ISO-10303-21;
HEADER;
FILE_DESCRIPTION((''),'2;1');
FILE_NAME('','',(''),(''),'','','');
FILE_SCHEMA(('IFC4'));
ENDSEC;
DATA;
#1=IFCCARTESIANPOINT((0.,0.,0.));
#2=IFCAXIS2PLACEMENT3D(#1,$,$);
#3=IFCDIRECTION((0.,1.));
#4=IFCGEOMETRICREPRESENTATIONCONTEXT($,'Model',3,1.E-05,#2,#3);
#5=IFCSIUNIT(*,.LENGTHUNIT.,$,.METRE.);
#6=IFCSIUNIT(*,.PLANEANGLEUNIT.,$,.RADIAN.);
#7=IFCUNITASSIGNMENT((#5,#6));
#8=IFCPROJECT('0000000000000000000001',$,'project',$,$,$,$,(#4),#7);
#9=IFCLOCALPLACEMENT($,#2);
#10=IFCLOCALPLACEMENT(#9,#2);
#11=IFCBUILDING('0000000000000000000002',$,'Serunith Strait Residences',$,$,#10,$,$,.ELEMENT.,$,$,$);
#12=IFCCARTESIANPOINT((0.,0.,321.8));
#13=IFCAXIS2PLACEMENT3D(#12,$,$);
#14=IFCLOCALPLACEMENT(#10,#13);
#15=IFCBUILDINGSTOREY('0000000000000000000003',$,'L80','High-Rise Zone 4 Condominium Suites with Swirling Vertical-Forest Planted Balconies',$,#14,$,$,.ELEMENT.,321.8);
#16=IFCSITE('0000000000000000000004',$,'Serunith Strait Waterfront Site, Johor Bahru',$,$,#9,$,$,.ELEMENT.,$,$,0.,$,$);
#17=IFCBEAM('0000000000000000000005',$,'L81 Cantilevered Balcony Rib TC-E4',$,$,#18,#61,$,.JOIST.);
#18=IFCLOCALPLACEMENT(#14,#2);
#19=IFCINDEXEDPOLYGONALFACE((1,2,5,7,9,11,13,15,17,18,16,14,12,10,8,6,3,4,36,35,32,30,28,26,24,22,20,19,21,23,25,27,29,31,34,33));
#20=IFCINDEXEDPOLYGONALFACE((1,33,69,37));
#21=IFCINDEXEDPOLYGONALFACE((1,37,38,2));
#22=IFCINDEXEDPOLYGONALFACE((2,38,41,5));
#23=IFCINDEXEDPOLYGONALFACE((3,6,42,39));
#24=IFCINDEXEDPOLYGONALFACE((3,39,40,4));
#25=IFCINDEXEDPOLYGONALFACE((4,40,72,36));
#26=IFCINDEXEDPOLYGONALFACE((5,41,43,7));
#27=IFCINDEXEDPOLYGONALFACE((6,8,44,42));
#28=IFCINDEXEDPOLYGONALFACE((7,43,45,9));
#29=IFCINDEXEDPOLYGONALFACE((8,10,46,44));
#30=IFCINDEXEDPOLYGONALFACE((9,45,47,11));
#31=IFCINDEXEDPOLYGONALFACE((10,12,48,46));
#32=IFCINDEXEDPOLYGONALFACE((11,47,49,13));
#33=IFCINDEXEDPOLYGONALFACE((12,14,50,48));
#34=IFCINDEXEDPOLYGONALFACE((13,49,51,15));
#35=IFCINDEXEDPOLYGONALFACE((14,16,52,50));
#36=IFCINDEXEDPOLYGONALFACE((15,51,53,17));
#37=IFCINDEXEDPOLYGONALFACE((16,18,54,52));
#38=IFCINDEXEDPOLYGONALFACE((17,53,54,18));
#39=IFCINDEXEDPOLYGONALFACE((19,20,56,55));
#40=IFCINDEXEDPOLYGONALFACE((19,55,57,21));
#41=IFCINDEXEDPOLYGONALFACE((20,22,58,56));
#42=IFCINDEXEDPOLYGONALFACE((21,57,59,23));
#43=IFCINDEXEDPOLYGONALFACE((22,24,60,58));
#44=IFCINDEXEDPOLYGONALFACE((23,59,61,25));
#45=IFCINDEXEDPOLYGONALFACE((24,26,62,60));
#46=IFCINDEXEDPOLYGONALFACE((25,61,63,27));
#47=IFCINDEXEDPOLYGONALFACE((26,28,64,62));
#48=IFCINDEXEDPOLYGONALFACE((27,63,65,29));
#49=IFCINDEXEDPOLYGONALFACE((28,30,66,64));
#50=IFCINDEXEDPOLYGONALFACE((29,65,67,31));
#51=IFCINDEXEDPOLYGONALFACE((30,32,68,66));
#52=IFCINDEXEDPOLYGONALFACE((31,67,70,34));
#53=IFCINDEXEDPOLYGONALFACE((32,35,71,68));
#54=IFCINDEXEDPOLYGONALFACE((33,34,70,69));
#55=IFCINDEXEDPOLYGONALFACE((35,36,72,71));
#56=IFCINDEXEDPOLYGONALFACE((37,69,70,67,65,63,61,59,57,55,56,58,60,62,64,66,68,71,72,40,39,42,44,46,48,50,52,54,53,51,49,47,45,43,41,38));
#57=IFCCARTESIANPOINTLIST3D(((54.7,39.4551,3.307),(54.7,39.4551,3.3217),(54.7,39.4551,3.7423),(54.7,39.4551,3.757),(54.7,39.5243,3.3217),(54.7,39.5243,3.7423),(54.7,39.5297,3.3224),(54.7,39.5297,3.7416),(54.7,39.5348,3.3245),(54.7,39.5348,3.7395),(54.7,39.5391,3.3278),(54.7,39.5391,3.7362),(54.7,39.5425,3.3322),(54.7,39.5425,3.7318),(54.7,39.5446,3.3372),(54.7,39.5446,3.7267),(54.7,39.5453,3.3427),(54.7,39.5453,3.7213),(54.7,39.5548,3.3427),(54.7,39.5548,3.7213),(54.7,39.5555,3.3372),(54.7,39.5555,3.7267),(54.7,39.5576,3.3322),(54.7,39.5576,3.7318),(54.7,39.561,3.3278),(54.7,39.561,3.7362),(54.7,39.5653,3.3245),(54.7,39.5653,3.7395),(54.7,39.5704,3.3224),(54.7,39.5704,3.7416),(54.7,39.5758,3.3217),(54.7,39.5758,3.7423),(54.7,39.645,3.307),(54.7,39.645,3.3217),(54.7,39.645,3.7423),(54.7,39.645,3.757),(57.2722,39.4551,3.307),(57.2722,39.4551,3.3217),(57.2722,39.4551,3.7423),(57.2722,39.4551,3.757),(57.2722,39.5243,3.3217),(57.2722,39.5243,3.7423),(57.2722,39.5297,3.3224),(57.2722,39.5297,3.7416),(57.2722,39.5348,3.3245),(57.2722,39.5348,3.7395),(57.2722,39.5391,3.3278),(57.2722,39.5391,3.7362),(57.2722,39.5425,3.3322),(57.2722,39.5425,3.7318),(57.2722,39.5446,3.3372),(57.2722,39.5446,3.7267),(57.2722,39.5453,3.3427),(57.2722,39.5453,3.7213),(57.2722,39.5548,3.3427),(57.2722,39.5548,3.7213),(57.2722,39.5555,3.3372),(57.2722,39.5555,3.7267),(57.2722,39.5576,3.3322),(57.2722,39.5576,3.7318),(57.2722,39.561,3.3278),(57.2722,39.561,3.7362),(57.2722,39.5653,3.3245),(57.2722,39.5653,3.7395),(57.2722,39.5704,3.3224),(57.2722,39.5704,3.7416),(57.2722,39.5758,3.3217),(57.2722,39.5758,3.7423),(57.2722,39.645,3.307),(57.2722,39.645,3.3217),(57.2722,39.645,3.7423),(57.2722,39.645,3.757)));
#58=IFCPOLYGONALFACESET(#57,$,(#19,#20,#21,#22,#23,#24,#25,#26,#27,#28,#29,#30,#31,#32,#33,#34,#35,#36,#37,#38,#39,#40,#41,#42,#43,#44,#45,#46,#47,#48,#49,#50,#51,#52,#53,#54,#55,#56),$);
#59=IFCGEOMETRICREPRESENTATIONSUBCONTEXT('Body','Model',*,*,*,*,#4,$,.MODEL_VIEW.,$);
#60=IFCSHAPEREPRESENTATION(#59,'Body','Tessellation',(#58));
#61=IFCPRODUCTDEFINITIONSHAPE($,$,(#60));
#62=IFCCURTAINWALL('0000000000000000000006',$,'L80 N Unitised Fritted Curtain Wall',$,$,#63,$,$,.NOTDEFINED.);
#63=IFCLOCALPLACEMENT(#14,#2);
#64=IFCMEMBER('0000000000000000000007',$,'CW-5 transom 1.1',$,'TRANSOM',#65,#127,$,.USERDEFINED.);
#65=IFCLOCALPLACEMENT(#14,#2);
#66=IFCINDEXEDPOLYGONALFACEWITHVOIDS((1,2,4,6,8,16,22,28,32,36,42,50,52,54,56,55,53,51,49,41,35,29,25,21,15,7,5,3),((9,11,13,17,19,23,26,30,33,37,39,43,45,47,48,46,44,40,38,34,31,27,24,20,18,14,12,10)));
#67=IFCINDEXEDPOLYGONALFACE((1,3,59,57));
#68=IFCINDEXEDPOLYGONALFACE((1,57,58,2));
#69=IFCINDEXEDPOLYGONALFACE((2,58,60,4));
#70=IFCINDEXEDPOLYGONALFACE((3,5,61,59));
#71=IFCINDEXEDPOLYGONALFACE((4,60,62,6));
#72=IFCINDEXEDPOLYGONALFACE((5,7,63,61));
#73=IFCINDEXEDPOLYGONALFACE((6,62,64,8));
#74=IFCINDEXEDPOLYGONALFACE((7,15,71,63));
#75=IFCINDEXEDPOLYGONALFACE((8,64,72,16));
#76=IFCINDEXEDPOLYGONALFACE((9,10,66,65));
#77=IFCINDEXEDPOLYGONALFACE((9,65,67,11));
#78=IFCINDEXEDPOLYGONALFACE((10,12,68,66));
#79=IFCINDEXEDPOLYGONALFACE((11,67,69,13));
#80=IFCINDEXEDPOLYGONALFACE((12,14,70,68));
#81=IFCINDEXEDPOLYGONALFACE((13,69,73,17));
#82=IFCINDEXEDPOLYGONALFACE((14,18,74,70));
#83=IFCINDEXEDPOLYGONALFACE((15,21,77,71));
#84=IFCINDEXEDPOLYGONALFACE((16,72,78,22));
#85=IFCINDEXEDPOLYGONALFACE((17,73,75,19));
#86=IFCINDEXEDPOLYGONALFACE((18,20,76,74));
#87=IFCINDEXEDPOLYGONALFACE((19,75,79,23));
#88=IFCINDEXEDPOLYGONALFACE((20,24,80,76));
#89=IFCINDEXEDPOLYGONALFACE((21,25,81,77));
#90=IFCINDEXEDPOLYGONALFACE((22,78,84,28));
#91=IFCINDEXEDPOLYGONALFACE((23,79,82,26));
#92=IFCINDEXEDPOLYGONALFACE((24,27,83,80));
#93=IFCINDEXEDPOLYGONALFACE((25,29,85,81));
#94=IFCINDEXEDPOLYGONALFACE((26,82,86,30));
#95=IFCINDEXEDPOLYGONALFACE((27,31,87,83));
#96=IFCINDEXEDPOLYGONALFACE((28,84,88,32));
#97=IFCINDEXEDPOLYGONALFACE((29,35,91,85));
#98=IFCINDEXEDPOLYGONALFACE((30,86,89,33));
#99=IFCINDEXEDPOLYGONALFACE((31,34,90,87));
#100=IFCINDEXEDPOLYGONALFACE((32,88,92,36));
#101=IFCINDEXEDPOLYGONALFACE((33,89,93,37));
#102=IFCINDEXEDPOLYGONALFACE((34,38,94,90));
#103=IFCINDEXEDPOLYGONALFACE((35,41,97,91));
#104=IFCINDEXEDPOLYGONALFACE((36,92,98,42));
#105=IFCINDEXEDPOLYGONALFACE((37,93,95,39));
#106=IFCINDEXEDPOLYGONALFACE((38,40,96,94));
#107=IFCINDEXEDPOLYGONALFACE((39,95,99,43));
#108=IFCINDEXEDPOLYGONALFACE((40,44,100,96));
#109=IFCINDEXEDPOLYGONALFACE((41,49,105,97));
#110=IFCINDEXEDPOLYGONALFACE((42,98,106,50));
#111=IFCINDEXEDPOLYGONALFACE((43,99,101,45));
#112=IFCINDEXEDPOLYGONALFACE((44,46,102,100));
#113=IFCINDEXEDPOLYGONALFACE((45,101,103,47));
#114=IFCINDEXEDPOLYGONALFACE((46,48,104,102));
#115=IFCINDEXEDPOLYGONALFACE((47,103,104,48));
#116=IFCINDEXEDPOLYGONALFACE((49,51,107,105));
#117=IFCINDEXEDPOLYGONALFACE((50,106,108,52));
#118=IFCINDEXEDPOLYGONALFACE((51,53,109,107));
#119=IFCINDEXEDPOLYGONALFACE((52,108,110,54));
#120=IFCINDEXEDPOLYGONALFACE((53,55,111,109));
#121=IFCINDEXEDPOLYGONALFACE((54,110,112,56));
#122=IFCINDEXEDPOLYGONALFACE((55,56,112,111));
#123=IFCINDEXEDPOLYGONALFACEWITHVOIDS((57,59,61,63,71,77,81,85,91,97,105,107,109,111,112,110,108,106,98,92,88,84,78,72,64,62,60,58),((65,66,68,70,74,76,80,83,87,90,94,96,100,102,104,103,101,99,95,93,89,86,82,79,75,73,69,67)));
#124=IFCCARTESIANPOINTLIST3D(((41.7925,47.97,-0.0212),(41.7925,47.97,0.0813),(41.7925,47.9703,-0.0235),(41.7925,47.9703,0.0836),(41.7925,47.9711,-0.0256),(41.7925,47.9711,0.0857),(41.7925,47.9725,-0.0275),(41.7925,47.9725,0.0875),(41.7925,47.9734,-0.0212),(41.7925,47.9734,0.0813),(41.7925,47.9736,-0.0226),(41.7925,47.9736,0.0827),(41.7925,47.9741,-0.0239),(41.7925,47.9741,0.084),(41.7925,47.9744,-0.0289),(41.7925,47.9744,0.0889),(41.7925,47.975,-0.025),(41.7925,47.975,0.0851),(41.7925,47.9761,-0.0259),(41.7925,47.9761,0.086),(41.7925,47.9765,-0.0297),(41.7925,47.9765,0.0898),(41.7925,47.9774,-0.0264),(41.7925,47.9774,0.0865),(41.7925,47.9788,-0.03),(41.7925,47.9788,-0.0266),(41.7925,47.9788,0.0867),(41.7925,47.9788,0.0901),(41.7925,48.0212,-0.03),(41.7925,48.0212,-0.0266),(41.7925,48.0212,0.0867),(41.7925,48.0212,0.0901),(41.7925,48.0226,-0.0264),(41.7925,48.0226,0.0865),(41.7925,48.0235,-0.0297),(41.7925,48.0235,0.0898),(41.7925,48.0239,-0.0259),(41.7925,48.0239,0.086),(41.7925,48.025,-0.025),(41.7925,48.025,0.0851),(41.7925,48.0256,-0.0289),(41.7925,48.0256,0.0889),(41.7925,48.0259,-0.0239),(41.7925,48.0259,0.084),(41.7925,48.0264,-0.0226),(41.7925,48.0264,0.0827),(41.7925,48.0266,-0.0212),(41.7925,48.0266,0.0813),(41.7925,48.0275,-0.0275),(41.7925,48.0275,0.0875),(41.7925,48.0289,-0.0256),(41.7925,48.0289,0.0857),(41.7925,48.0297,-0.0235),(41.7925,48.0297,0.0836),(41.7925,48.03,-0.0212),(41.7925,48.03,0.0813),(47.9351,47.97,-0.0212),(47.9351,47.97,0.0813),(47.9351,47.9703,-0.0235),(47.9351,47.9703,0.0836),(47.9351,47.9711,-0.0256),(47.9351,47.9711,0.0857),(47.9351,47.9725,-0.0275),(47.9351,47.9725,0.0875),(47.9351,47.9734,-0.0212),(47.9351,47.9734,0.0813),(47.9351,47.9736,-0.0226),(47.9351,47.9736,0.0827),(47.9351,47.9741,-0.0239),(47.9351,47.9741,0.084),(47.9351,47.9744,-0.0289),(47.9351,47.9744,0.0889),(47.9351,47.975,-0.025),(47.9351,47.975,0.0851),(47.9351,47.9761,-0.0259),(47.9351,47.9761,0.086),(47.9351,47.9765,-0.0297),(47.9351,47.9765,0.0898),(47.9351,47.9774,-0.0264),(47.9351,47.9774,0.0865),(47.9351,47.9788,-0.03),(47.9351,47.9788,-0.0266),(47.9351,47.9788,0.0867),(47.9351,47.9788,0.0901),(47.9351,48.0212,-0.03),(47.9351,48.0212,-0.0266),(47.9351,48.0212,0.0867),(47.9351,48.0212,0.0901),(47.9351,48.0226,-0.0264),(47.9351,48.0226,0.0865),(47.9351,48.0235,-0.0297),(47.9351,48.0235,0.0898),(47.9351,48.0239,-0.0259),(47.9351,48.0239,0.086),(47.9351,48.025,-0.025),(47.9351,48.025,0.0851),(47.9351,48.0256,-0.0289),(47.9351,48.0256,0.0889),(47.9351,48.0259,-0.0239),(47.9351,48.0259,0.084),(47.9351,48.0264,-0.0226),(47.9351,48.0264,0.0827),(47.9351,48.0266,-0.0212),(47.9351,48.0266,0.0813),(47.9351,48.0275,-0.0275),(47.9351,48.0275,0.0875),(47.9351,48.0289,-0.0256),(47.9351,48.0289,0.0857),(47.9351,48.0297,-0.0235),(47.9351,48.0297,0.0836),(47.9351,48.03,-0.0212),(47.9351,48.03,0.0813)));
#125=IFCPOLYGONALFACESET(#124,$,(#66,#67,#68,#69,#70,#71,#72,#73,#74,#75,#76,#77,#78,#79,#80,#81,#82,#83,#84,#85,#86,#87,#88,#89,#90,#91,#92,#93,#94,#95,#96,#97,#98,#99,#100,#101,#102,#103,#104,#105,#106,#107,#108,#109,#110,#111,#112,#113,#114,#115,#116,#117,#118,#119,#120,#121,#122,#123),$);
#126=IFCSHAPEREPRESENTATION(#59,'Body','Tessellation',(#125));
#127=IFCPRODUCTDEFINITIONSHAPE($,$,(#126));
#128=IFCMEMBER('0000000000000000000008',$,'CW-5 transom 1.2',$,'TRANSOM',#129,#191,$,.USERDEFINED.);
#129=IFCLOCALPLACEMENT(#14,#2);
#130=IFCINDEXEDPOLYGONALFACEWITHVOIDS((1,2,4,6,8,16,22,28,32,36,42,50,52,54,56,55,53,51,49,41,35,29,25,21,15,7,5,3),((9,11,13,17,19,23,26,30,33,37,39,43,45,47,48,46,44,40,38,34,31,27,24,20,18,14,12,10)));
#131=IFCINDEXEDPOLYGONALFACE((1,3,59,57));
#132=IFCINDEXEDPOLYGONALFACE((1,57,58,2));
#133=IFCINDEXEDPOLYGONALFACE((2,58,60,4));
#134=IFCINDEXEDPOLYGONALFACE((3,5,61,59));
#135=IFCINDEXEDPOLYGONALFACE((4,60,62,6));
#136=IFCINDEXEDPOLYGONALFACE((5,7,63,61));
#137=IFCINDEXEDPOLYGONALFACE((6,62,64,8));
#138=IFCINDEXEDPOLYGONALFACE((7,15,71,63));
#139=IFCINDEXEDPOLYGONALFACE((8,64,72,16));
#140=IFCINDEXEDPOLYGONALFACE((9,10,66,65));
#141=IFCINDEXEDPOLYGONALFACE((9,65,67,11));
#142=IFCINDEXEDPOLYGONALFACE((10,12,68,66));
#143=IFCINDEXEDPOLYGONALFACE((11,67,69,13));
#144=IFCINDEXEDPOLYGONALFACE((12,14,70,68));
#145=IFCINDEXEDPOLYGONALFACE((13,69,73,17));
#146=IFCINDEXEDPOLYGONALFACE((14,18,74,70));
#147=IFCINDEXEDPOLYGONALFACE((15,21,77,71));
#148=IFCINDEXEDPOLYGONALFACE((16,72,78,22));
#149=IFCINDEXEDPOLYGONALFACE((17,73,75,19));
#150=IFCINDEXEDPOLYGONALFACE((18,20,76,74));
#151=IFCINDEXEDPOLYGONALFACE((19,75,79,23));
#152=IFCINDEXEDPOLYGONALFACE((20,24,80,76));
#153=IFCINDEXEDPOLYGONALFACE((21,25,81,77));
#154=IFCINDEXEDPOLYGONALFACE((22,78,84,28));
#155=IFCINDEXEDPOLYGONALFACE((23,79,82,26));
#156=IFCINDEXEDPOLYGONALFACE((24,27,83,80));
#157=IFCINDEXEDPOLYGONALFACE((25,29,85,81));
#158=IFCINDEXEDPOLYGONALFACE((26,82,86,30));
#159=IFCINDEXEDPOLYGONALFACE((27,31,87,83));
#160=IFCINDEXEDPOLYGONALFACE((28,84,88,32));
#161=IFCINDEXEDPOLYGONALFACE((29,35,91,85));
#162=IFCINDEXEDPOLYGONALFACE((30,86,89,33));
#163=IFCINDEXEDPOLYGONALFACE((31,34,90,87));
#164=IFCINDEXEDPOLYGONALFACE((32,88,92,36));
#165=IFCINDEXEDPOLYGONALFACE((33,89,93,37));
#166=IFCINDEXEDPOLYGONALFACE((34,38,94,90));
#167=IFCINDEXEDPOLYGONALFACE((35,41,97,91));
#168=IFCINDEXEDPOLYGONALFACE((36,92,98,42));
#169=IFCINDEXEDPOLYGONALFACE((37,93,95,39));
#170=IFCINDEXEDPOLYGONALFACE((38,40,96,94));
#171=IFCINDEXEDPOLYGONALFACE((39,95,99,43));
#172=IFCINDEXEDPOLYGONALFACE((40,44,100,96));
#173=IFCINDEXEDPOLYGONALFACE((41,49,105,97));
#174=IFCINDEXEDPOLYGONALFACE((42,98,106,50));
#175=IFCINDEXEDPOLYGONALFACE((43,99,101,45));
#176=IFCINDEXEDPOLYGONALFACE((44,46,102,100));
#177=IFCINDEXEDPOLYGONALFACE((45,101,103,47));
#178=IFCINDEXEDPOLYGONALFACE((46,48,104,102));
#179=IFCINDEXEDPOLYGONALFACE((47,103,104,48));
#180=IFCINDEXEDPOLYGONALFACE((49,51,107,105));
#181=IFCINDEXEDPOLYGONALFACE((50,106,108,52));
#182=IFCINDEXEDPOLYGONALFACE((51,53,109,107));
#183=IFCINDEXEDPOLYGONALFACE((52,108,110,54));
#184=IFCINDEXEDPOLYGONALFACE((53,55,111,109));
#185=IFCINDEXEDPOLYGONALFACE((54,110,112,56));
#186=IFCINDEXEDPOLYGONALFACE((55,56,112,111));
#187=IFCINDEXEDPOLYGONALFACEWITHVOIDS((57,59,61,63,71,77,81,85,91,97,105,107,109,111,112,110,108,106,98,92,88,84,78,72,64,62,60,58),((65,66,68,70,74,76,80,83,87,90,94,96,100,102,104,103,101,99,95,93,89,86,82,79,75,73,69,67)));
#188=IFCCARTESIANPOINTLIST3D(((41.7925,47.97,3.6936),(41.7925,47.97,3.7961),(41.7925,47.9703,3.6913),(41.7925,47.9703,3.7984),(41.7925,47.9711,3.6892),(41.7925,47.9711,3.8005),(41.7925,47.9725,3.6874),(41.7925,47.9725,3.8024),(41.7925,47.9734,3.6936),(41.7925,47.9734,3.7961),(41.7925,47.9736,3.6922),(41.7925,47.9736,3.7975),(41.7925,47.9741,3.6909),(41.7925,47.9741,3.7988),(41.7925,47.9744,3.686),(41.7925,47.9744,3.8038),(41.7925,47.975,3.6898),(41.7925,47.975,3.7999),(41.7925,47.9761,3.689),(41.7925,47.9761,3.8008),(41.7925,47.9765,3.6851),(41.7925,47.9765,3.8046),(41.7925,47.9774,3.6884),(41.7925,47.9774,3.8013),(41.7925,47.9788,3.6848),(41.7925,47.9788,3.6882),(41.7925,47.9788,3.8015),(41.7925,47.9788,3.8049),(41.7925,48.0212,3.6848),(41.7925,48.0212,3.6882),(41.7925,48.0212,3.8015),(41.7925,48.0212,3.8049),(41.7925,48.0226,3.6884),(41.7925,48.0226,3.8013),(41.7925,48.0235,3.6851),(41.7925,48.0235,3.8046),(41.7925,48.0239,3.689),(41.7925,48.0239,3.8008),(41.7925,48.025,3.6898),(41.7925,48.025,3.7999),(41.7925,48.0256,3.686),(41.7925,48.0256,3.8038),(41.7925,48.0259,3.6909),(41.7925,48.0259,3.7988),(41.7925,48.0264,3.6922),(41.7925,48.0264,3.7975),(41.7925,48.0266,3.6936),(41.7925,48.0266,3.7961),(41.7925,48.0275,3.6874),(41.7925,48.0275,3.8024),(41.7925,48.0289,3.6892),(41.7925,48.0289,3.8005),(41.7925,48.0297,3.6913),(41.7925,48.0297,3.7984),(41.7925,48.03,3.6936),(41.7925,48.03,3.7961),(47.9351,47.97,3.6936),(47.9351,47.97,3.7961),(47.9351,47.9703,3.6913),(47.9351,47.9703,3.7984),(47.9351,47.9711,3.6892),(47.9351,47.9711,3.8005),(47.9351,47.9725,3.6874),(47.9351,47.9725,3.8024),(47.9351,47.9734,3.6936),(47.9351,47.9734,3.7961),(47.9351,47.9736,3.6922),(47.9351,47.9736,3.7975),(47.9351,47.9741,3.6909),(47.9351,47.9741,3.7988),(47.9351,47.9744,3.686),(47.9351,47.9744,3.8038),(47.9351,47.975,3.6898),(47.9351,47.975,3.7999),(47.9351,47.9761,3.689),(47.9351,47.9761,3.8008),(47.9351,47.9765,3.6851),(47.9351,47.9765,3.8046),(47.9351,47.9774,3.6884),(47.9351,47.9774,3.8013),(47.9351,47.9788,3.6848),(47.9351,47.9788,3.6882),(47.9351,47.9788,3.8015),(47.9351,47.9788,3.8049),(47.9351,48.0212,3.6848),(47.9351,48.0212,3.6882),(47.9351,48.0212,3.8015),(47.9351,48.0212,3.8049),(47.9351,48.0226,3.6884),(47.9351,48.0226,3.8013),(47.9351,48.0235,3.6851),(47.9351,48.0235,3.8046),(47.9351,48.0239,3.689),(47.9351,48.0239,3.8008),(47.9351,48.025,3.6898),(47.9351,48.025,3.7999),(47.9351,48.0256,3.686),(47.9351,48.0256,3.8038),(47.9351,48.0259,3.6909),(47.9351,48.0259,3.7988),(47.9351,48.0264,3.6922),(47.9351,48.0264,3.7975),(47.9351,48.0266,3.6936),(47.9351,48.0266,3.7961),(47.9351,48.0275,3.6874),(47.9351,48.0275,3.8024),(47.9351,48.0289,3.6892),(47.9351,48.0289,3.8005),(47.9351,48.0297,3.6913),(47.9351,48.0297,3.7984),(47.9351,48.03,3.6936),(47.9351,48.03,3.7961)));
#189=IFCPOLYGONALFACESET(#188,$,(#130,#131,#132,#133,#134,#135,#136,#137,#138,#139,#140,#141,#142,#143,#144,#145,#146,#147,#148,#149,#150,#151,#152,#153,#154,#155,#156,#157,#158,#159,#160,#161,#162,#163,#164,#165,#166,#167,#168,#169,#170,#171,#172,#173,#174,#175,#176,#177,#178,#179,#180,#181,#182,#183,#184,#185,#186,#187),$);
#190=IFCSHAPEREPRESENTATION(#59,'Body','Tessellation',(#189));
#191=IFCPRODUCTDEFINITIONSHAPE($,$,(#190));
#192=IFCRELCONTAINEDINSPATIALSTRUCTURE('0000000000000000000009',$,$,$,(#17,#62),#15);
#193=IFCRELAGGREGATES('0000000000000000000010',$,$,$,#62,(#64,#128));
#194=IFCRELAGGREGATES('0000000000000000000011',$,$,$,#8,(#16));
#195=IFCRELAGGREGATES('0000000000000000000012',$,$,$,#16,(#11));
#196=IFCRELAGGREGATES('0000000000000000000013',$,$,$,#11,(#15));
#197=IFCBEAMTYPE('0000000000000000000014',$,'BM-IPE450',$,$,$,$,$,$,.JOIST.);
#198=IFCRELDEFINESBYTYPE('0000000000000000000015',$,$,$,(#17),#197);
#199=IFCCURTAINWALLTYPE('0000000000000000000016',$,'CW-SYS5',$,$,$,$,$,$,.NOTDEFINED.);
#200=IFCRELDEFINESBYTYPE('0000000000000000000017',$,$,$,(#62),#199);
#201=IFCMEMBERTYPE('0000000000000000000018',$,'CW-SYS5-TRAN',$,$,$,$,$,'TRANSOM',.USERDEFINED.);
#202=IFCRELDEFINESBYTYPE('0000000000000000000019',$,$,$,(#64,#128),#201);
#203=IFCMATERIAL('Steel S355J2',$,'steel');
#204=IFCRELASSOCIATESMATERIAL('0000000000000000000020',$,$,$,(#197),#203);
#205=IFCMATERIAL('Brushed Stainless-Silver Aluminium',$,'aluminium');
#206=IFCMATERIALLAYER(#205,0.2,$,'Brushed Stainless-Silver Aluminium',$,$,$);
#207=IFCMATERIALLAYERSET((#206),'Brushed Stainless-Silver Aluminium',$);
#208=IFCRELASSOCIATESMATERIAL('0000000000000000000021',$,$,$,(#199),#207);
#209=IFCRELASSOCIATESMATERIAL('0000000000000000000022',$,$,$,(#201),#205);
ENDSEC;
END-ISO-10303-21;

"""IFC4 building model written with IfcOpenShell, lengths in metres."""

from ifc_helpers import new_model, si_unit, direction, frame, origin, origin_2d, place, context, subcontext, project, spatial, hollow_rectangle, i_section, extrude, source, transform, mapped, material, layer, layer_set, material_profile, profile_set, type_object, element, aggregate, save


model = new_model("IFC4")

# Units and contexts
model_context = context("Model", 3, precision=1e-05, world=origin(), true_north=direction((0.0, 1.0)))
body_context = subcontext(model_context, "Body", "Model", "MODEL_VIEW")
ifc_project = project(units=[si_unit("LENGTHUNIT", "METRE"), si_unit("PLANEANGLEUNIT", "RADIAN")], contexts=[model_context])

# Site, building, storey
site_placement = place(None, origin())
site = spatial("IfcSite", under=ifc_project, at=site_placement, Name="Serunith Strait Waterfront Site, Johor Bahru", CompositionType="ELEMENT", RefElevation=0.0)
building_placement = place(site_placement, origin())
building = spatial("IfcBuilding", under=site, at=building_placement, Name="Serunith Strait Residences", CompositionType="ELEMENT")
storey_placement = place(building_placement, frame((0.0, 0.0, 321.8)))
storey = spatial("IfcBuildingStorey", under=building, at=storey_placement, Name="L80", Description="High-Rise Zone 4 Condominium Suites with Swirling Vertical-Forest Planted Balconies", CompositionType="ELEMENT", Elevation=321.8)

# Beam
ifc_material_1 = material(Name="Steel S355J2", Category="steel")
ifc_material_profile_1 = material_profile(ifc_material_1, i_section(OverallWidth=0.1899, OverallDepth=0.45, WebThickness=0.0095, FlangeThickness=0.0146, FilletRadius=0.021, at=origin_2d()), Name="IPE 450")
ifc_profile_set_1 = profile_set([ifc_material_profile_1], Name="Steel S355J2")
beam_type_1 = type_object("IfcBeamType", Name="BM-IPE450", PredefinedType="JOIST", material=ifc_profile_set_1)
shared_shape_1 = source(origin(), body_context, "Body", "SweptSolid", [
    extrude(i_section(OverallWidth=0.1899, OverallDepth=0.45, WebThickness=0.0095, FlangeThickness=0.0146, FilletRadius=0.021, at=origin_2d()), origin(), (0.0, 0.0, 1.0), 2.5723),
])
beam_1_placement = place(storey_placement, frame((54.7, 39.55, 3.532), z_axis=(1.0, 0.0, 0.0), x_axis=(0.0, 1.0, 0.0)))
element("IfcBeam", 1, at=beam_1_placement, inside=storey, type_object=beam_type_1, Name="L81 Cantilevered Balcony Rib TC-E4", PredefinedType="JOIST", context=body_context, shape_type="MappedRepresentation", body=[
    mapped(shared_shape_1, transform((0.0, 0.0, 0.0), scale=1.0)),
])

# Curtain wall, members
ifc_material_2 = material(Name="Brushed Stainless-Silver Aluminium", Category="aluminium")
ifc_layer_1 = layer(ifc_material_2, 0.2, Name="Brushed Stainless-Silver Aluminium")
ifc_layer_set_1 = layer_set([ifc_layer_1], Name="Brushed Stainless-Silver Aluminium")
curtain_wall_type = type_object("IfcCurtainWallType", Name="CW-SYS5", PredefinedType="NOTDEFINED", material=ifc_layer_set_1)
curtain_wall_1_placement = place(storey_placement, origin())
curtain_wall_1 = element("IfcCurtainWall", 2, at=curtain_wall_1_placement, inside=storey, type_object=curtain_wall_type, Name="L80 N Unitised Fritted Curtain Wall", PredefinedType="NOTDEFINED")
ifc_material_profile_2 = material_profile(ifc_material_2, hollow_rectangle(XDim=0.0601, YDim=0.1201, WallThickness=0.0034, InnerFilletRadius=0.0054, OuterFilletRadius=0.0088, at=origin_2d()), Name="ALU 120x60x3.5")
ifc_profile_set_2 = profile_set([ifc_material_profile_2], Name="Brushed Stainless-Silver Aluminium")
member_type_1 = type_object("IfcMemberType", Name="CW-SYS5-TRAN", ElementType="TRANSOM", PredefinedType="USERDEFINED", material=ifc_profile_set_2)
shared_shape_2 = source(origin(), body_context, "Body", "SweptSolid", [
    extrude(hollow_rectangle(XDim=0.0601, YDim=0.1201, WallThickness=0.0034, InnerFilletRadius=0.0054, OuterFilletRadius=0.0088, at=origin_2d()), origin(), (0.0, 0.0, 1.0), 6.1426),
])
member_1_placement = place(storey_placement, frame((47.9351, 48.0, 0.03), z_axis=(-1.0, 0.0, 0.0), x_axis=(0.0, -1.0, 0.0)))
member_1 = element("IfcMember", 3, at=member_1_placement, type_object=member_type_1, Name="CW-5 transom 1.1", ObjectType="TRANSOM", PredefinedType="USERDEFINED", context=body_context, shape_type="MappedRepresentation", body=[
    mapped(shared_shape_2, transform((0.0, 0.0, 0.0), scale=1.0)),
])
member_2_placement = place(storey_placement, frame((47.9351, 48.0, 3.7449), z_axis=(-1.0, 0.0, 0.0), x_axis=(0.0, -1.0, 0.0)))
member_2 = element("IfcMember", 4, at=member_2_placement, type_object=member_type_1, Name="CW-5 transom 1.2", ObjectType="TRANSOM", PredefinedType="USERDEFINED", context=body_context, shape_type="MappedRepresentation", body=[
    mapped(shared_shape_2, transform((0.0, 0.0, 0.0), scale=1.0)),
])

aggregate(curtain_wall_1, [member_1, member_2])

save(model, "model.ifc")
